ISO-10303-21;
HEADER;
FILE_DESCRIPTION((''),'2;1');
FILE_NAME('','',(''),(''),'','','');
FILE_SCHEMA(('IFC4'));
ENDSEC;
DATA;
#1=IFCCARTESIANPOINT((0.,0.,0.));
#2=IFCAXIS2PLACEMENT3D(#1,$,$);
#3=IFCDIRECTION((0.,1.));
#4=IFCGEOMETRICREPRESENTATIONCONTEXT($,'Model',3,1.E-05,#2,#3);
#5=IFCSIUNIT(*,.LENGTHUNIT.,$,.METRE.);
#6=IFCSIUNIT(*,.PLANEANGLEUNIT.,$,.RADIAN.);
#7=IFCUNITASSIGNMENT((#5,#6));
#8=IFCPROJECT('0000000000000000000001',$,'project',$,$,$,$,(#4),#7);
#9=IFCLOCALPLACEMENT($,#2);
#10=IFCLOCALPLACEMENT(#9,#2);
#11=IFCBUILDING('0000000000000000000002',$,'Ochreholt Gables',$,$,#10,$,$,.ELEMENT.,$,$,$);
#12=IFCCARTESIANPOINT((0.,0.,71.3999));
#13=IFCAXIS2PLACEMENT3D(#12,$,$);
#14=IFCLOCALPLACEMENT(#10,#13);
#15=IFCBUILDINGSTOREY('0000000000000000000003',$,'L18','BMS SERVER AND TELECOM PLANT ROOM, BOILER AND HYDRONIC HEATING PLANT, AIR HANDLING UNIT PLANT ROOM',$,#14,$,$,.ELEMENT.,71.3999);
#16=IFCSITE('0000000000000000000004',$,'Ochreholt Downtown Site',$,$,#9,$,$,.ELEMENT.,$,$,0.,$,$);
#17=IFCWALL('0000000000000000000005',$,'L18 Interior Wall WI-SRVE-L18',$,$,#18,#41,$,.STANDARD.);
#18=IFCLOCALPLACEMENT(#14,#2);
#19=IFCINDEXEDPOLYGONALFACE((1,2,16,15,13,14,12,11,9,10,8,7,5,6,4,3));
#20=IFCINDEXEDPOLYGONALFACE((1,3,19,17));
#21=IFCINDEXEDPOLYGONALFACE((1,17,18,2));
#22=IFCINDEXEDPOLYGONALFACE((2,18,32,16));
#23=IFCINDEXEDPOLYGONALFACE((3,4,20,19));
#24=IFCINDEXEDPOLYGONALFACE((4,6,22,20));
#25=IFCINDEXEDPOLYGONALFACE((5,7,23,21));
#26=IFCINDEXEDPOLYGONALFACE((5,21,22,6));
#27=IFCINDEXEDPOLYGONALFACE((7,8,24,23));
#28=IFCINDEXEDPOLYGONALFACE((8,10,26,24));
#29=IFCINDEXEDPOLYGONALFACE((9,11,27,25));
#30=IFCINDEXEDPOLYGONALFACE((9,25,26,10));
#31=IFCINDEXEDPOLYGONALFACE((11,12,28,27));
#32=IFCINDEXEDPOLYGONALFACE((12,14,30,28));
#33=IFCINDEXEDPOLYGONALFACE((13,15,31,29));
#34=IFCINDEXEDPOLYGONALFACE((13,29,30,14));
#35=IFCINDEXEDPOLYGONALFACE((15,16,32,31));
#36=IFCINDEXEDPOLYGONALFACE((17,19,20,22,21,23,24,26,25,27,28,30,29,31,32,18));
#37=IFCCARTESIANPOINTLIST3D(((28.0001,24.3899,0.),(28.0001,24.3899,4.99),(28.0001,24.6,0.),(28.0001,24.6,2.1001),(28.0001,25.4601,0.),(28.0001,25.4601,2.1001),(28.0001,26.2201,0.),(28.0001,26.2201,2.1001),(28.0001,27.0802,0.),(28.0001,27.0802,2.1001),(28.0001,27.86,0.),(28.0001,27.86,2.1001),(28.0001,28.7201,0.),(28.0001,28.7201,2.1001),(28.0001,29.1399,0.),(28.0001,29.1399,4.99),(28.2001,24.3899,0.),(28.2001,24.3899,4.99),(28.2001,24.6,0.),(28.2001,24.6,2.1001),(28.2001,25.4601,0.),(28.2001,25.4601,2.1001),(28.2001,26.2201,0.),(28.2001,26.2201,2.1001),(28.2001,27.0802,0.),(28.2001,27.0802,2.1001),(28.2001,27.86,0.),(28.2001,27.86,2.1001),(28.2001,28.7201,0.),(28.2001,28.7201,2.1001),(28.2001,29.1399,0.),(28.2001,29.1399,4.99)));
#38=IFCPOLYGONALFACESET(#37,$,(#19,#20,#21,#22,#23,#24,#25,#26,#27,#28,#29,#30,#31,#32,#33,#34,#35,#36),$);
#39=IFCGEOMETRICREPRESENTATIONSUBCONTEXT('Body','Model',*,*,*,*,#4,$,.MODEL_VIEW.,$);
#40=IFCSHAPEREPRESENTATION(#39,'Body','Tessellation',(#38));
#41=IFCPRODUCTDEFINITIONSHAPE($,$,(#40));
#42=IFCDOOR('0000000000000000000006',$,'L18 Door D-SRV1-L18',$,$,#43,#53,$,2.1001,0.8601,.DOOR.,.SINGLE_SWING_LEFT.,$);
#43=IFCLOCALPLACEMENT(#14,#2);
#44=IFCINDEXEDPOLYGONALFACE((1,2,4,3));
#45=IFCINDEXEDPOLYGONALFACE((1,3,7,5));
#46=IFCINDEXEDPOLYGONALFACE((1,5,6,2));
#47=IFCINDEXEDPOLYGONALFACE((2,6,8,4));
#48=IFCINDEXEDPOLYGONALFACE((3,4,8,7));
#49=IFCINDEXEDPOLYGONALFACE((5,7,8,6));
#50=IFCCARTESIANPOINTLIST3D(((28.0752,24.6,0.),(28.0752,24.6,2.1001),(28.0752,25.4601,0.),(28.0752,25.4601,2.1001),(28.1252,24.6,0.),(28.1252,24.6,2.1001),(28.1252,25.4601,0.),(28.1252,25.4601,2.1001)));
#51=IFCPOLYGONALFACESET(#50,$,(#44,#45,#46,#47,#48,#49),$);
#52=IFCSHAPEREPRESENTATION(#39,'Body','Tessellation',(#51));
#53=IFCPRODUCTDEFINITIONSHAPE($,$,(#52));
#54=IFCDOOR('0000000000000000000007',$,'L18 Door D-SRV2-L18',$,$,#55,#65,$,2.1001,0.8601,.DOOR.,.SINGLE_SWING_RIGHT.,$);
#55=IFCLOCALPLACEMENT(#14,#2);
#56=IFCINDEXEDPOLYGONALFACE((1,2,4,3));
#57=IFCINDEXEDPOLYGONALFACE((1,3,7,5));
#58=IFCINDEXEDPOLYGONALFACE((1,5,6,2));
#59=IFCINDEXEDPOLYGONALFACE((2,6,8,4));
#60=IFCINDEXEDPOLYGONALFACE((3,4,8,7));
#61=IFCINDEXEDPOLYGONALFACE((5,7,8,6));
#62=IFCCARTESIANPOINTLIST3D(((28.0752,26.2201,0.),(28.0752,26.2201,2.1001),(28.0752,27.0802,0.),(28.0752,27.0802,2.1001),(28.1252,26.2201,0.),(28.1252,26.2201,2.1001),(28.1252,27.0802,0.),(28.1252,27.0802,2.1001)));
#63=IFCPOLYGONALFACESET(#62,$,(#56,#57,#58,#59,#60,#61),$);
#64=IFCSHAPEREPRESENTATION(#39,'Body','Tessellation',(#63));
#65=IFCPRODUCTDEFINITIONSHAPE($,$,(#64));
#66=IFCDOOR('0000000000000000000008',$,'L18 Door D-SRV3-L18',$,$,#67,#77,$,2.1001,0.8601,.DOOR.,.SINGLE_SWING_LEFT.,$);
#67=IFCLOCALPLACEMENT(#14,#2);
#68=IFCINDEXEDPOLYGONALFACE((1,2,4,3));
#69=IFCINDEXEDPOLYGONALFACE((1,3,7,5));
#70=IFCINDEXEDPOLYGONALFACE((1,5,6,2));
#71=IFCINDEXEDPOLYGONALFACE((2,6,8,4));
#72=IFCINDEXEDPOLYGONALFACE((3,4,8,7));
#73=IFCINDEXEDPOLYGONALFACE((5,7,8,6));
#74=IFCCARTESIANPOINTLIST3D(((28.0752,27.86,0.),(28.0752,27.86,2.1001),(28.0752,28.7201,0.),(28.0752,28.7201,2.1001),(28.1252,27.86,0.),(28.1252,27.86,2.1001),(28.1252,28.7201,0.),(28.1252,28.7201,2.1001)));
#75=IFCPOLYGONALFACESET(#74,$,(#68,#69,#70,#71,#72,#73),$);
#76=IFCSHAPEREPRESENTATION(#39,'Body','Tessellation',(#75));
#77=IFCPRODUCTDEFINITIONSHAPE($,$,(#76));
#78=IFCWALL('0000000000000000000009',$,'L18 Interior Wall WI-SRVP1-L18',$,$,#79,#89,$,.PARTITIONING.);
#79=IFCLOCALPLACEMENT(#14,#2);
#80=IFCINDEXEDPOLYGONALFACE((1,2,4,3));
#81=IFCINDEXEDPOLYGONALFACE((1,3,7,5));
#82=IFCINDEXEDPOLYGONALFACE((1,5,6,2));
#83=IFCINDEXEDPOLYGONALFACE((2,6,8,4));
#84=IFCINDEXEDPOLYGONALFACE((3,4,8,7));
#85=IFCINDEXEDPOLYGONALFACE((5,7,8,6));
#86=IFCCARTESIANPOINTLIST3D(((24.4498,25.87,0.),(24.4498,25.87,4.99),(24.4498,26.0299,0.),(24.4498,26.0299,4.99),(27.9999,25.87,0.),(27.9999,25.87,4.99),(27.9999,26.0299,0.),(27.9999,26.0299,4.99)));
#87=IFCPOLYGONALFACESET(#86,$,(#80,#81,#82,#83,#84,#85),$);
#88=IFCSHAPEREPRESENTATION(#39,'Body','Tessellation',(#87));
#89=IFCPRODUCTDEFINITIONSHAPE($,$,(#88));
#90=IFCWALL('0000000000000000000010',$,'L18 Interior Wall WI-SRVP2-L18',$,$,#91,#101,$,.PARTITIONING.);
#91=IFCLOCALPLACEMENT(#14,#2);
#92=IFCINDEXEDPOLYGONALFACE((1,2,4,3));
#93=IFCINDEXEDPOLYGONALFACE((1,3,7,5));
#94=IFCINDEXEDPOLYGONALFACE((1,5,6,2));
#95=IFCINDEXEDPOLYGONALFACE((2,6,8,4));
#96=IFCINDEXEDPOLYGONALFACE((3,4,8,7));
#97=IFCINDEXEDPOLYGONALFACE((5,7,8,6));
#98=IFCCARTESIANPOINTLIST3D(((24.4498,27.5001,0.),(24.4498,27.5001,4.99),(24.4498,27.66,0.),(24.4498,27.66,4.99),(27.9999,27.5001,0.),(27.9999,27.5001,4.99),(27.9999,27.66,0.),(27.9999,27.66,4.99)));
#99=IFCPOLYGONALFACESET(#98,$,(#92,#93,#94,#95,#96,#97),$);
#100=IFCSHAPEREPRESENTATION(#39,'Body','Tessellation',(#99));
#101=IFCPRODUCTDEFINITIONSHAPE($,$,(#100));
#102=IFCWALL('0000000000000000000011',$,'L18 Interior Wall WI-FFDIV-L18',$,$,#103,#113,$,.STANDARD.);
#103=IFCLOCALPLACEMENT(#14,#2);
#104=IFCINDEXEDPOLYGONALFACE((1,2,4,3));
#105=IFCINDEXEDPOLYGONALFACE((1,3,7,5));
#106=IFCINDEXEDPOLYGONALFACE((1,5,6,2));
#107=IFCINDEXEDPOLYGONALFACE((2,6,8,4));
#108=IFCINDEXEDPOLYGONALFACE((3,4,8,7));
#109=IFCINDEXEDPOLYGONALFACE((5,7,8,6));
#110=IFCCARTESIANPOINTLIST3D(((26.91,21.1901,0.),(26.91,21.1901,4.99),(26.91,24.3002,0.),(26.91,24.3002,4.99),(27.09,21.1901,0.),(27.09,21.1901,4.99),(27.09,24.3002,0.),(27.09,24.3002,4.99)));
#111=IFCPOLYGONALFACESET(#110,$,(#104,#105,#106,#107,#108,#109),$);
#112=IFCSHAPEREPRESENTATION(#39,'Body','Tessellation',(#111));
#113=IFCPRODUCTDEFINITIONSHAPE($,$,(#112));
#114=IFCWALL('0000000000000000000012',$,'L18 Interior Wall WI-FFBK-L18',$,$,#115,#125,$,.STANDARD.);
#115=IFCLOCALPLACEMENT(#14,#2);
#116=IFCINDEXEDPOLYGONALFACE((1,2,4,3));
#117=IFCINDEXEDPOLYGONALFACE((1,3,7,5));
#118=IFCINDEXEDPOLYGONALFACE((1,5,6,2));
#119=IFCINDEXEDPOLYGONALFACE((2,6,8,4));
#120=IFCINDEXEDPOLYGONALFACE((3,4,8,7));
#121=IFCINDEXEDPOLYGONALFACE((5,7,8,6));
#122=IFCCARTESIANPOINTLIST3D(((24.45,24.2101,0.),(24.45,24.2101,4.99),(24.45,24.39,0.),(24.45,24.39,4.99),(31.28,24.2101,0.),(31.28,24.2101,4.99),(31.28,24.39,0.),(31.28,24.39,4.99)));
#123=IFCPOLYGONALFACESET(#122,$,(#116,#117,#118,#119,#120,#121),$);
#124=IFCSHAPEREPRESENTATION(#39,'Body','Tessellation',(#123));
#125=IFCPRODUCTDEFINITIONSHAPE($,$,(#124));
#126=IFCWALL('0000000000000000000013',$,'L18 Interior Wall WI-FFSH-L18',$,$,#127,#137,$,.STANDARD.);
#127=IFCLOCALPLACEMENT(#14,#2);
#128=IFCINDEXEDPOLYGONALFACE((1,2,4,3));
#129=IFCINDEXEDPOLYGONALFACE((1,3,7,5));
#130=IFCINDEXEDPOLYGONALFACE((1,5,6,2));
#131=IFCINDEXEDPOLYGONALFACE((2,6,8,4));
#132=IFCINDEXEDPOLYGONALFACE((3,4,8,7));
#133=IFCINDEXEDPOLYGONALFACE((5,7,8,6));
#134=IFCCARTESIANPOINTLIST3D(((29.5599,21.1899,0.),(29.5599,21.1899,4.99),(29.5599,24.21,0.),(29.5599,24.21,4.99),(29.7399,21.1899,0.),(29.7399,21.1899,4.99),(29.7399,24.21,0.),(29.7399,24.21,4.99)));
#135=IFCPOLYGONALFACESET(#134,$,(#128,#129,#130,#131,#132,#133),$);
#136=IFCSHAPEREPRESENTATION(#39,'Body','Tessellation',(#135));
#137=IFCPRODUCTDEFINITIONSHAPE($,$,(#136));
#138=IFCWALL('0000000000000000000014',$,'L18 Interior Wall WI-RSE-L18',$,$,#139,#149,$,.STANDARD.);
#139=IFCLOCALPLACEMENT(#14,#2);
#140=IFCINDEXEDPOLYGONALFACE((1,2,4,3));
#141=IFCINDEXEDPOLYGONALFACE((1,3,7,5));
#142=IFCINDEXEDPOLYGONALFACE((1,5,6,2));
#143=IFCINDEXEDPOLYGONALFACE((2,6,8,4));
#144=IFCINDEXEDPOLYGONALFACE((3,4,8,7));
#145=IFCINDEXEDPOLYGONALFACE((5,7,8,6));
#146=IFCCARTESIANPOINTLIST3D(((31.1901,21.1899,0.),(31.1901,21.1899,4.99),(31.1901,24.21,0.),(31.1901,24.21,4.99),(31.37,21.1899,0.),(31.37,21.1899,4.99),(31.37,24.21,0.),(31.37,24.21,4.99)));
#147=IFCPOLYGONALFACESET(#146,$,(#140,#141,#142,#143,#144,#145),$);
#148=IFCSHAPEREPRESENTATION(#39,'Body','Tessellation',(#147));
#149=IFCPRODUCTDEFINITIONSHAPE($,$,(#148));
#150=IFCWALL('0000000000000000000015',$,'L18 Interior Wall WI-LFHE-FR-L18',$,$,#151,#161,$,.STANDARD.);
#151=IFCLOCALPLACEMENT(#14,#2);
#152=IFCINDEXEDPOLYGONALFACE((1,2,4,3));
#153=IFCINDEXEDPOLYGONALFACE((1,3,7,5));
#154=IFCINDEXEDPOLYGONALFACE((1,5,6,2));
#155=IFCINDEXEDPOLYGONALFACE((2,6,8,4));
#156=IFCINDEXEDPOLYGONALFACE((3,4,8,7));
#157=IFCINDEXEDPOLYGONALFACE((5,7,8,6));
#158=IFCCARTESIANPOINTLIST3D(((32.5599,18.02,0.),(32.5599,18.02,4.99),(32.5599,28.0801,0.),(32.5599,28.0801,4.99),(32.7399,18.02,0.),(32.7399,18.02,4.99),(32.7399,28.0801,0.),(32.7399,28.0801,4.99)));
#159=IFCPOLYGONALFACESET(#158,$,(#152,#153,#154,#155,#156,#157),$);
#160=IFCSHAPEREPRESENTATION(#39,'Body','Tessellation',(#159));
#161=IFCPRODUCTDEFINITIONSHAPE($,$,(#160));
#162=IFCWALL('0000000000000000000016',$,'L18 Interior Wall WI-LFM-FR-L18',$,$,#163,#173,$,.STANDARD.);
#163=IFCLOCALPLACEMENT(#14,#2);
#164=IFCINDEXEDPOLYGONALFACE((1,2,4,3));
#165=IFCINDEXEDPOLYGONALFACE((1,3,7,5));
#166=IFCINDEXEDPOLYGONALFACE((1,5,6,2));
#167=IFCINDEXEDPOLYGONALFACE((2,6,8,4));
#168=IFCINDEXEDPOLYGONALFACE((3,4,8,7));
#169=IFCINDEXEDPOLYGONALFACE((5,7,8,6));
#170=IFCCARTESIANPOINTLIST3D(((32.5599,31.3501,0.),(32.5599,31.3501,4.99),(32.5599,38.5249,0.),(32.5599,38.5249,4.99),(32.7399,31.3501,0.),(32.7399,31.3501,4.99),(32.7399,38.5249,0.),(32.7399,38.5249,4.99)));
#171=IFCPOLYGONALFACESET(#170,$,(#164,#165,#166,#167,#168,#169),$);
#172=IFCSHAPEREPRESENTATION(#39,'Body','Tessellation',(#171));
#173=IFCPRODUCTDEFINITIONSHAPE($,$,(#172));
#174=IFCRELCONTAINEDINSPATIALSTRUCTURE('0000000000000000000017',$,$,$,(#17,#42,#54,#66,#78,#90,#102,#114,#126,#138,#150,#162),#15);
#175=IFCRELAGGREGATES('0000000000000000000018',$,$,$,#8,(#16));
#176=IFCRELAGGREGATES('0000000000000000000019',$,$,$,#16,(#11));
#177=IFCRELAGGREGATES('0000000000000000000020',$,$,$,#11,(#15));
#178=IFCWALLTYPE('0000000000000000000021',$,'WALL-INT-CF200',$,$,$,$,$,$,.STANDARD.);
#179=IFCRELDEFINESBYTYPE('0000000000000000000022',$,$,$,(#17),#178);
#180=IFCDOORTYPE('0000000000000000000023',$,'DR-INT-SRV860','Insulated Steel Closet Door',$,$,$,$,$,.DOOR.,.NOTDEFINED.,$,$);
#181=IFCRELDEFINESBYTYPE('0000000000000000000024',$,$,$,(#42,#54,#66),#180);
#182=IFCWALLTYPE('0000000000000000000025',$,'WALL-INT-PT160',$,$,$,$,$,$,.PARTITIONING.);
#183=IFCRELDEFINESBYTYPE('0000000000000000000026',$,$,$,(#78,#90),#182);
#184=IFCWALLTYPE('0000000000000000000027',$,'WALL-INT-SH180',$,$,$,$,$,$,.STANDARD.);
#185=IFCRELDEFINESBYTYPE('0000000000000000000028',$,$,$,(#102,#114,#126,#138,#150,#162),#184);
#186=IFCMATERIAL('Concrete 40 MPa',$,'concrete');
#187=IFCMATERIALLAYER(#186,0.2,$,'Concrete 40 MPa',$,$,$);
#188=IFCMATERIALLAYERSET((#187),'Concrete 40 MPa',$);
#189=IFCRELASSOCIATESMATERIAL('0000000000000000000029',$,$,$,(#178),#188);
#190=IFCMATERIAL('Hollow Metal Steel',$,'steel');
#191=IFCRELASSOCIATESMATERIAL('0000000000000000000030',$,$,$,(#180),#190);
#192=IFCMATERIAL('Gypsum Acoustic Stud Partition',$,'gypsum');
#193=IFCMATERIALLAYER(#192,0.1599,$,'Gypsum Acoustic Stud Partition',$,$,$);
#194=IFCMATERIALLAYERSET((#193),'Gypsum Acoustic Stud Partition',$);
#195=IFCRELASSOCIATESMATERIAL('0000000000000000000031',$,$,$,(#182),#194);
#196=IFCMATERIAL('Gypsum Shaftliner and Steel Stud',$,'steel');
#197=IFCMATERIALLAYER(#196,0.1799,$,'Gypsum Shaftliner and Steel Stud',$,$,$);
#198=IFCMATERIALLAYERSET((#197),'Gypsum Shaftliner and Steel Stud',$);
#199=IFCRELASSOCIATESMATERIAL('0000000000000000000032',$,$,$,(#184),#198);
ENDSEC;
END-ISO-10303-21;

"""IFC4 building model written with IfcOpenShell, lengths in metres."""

from ifc_helpers import new_model, si_unit, direction, frame, frame_2d, origin, place, context, subcontext, project, spatial, rectangle, extrude, material, layer, layer_set, type_object, element, fill, save


model = new_model("IFC4")

# Units and contexts
model_context = context("Model", 3, precision=1e-05, world=origin(), true_north=direction((0.0, 1.0)))
body_context = subcontext(model_context, "Body", "Model", "MODEL_VIEW")
ifc_project = project(units=[si_unit("LENGTHUNIT", "METRE"), si_unit("PLANEANGLEUNIT", "RADIAN")], contexts=[model_context])

# Site, building, storey
site_placement = place(None, origin())
site = spatial("IfcSite", under=ifc_project, at=site_placement, Name="Ochreholt Downtown Site", CompositionType="ELEMENT", RefElevation=0.0)
building_placement = place(site_placement, origin())
building = spatial("IfcBuilding", under=site, at=building_placement, Name="Ochreholt Gables", CompositionType="ELEMENT")
storey_placement = place(building_placement, frame((0.0, 0.0, 71.3999)))
storey = spatial("IfcBuildingStorey", under=building, at=storey_placement, Name="L18", Description="BMS SERVER AND TELECOM PLANT ROOM, BOILER AND HYDRONIC HEATING PLANT, AIR HANDLING UNIT PLANT ROOM", CompositionType="ELEMENT", Elevation=71.3999)

# Shared definitions
ifc_material_1 = material(Name="Concrete 40 MPa", Category="concrete")
ifc_layer_1 = layer(ifc_material_1, 0.2, Name="Concrete 40 MPa")
ifc_layer_set_1 = layer_set([ifc_layer_1], Name="Concrete 40 MPa")
wall_type_1 = type_object("IfcWallType", Name="WALL-INT-CF200", PredefinedType="STANDARD", material=ifc_layer_set_1)

# Wall, openings, doors
wall_1_placement = place(storey_placement, frame((28.1001, 24.3899, 0.0), z_axis=(0.0, 0.0, 1.0), x_axis=(0.0, 1.0, 0.0)))
wall_1 = element("IfcWall", 1, at=wall_1_placement, inside=storey, type_object=wall_type_1, Name="L18 Interior Wall WI-SRVE-L18", PredefinedType="STANDARD", context=body_context, shape_type="SweptSolid", body=[
    extrude(rectangle(XDim=4.75, YDim=0.2, at=frame_2d((2.375, 0.0))), origin(), (0.0, 0.0, 1.0), 4.99),
])
opening_1_placement = place(wall_1_placement, frame((0.21, 0.0, 0.0)))
opening_1 = element("IfcOpeningElement", 2, at=opening_1_placement, cuts=wall_1, PredefinedType="OPENING", context=body_context, shape_type="SweptSolid", body=[
    extrude(rectangle(XDim=0.8601, YDim=2.1001, at=frame_2d((0.4302, 1.05))), frame((0.0, 0.1099, 0.0), z_axis=(0.0, -1.0, 0.0), x_axis=(1.0, 0.0, 0.0)), (0.0, 0.0, 1.0), 0.22),
])
opening_2_placement = place(wall_1_placement, frame((1.8301, 0.0, 0.0)))
opening_2 = element("IfcOpeningElement", 3, at=opening_2_placement, cuts=wall_1, PredefinedType="OPENING", context=body_context, shape_type="SweptSolid", body=[
    extrude(rectangle(XDim=0.8601, YDim=2.1001, at=frame_2d((0.4302, 1.05))), frame((0.0, 0.1099, 0.0), z_axis=(0.0, -1.0, 0.0), x_axis=(1.0, 0.0, 0.0)), (0.0, 0.0, 1.0), 0.22),
])
opening_3_placement = place(wall_1_placement, frame((3.47, 0.0, 0.0)))
opening_3 = element("IfcOpeningElement", 4, at=opening_3_placement, cuts=wall_1, PredefinedType="OPENING", context=body_context, shape_type="SweptSolid", body=[
    extrude(rectangle(XDim=0.8601, YDim=2.1001, at=frame_2d((0.4302, 1.05))), frame((0.0, 0.1099, 0.0), z_axis=(0.0, -1.0, 0.0), x_axis=(1.0, 0.0, 0.0)), (0.0, 0.0, 1.0), 0.22),
])
ifc_material_2 = material(Name="Hollow Metal Steel", Category="steel")
door_type_1 = type_object("IfcDoorType", Name="DR-INT-SRV860", Description="Insulated Steel Closet Door", OperationType="NOTDEFINED", PredefinedType="DOOR", material=ifc_material_2)
door_1_placement = place(opening_1_placement, origin())
door_1 = element("IfcDoor", 5, at=door_1_placement, inside=storey, type_object=door_type_1, Name="L18 Door D-SRV1-L18", OperationType="SINGLE_SWING_LEFT", OverallHeight=2.1001, OverallWidth=0.8601, PredefinedType="DOOR", context=body_context, shape_type="SweptSolid", body=[
    extrude(rectangle(XDim=0.8601, YDim=2.1001, at=frame_2d((0.4302, 1.05))), frame((0.0, 0.0249, 0.0), z_axis=(0.0, -1.0, 0.0), x_axis=(1.0, 0.0, 0.0)), (0.0, 0.0, 1.0), 0.05),
])
fill(opening_1, door_1)
door_2_placement = place(opening_2_placement, origin())
door_2 = element("IfcDoor", 6, at=door_2_placement, inside=storey, type_object=door_type_1, Name="L18 Door D-SRV2-L18", OperationType="SINGLE_SWING_RIGHT", OverallHeight=2.1001, OverallWidth=0.8601, PredefinedType="DOOR", context=body_context, shape_type="SweptSolid", body=[
    extrude(rectangle(XDim=0.8601, YDim=2.1001, at=frame_2d((0.4302, 1.05))), frame((0.0, 0.0249, 0.0), z_axis=(0.0, -1.0, 0.0), x_axis=(1.0, 0.0, 0.0)), (0.0, 0.0, 1.0), 0.05),
])
fill(opening_2, door_2)
door_3_placement = place(opening_3_placement, origin())
door_3 = element("IfcDoor", 7, at=door_3_placement, inside=storey, type_object=door_type_1, Name="L18 Door D-SRV3-L18", OperationType="SINGLE_SWING_LEFT", OverallHeight=2.1001, OverallWidth=0.8601, PredefinedType="DOOR", context=body_context, shape_type="SweptSolid", body=[
    extrude(rectangle(XDim=0.8601, YDim=2.1001, at=frame_2d((0.4302, 1.05))), frame((0.0, 0.0249, 0.0), z_axis=(0.0, -1.0, 0.0), x_axis=(1.0, 0.0, 0.0)), (0.0, 0.0, 1.0), 0.05),
])
fill(opening_3, door_3)

# Walls
ifc_material_3 = material(Name="Gypsum Acoustic Stud Partition", Category="gypsum")
ifc_layer_2 = layer(ifc_material_3, 0.1599, Name="Gypsum Acoustic Stud Partition")
ifc_layer_set_2 = layer_set([ifc_layer_2], Name="Gypsum Acoustic Stud Partition")
wall_type_2 = type_object("IfcWallType", Name="WALL-INT-PT160", PredefinedType="PARTITIONING", material=ifc_layer_set_2)
for number, where, z_axis, x_axis, name in (
    (8, (24.45, 25.95, 0.0), (0.0, 0.0, 1.0), (1.0, 0.0, 0.0), "L18 Interior Wall WI-SRVP1-L18"),
    (9, (24.45, 27.5801, 0.0), (0.0, 0.0, 1.0), (1.0, 0.0, 0.0), "L18 Interior Wall WI-SRVP2-L18"),
):
    element("IfcWall", number, at=place(storey_placement, frame(where, z_axis=z_axis, x_axis=x_axis)), inside=storey, type_object=wall_type_2, Name=name, PredefinedType="PARTITIONING", context=body_context, shape_type="SweptSolid", body=[
        extrude(rectangle(XDim=3.55, YDim=0.1599, at=frame_2d((1.7749, 0.0))), origin(), (0.0, 0.0, 1.0), 4.99),
    ])
ifc_material_4 = material(Name="Gypsum Shaftliner and Steel Stud", Category="steel")
ifc_layer_3 = layer(ifc_material_4, 0.1799, Name="Gypsum Shaftliner and Steel Stud")
ifc_layer_set_3 = layer_set([ifc_layer_3], Name="Gypsum Shaftliner and Steel Stud")
wall_type_3 = type_object("IfcWallType", Name="WALL-INT-SH180", PredefinedType="STANDARD", material=ifc_layer_set_3)
wall_2_placement = place(storey_placement, frame((27.0, 21.1899, 0.0), z_axis=(0.0, 0.0, 1.0), x_axis=(0.0, 1.0, 0.0)))
element("IfcWall", 10, at=wall_2_placement, inside=storey, type_object=wall_type_3, Name="L18 Interior Wall WI-FFDIV-L18", PredefinedType="STANDARD", context=body_context, shape_type="SweptSolid", body=[
    extrude(rectangle(XDim=3.1101, YDim=0.1799, at=frame_2d((1.5552, 0.0))), origin(), (0.0, 0.0, 1.0), 4.99),
])
wall_3_placement = place(storey_placement, frame((24.45, 24.3, 0.0), z_axis=(0.0, 0.0, 1.0), x_axis=(1.0, 0.0, 0.0)))
element("IfcWall", 11, at=wall_3_placement, inside=storey, type_object=wall_type_3, Name="L18 Interior Wall WI-FFBK-L18", PredefinedType="STANDARD", context=body_context, shape_type="SweptSolid", body=[
    extrude(rectangle(XDim=6.8301, YDim=0.1799, at=frame_2d((3.415, 0.0))), origin(), (0.0, 0.0, 1.0), 4.99),
])
for number, where, z_axis, x_axis, name in (
    (12, (29.6499, 21.1899, 0.0), (0.0, 0.0, 1.0), (0.0, 1.0, 0.0), "L18 Interior Wall WI-FFSH-L18"),
    (13, (31.28, 21.1899, 0.0), (0.0, 0.0, 1.0), (0.0, 1.0, 0.0), "L18 Interior Wall WI-RSE-L18"),
):
    element("IfcWall", number, at=place(storey_placement, frame(where, z_axis=z_axis, x_axis=x_axis)), inside=storey, type_object=wall_type_3, Name=name, PredefinedType="STANDARD", context=body_context, shape_type="SweptSolid", body=[
        extrude(rectangle(XDim=3.02, YDim=0.1799, at=frame_2d((1.51, 0.0))), origin(), (0.0, 0.0, 1.0), 4.99),
    ])
wall_4_placement = place(storey_placement, frame((32.6499, 18.02, 0.0), z_axis=(0.0, 0.0, 1.0), x_axis=(0.0, 1.0, 0.0)))
element("IfcWall", 14, at=wall_4_placement, inside=storey, type_object=wall_type_3, Name="L18 Interior Wall WI-LFHE-FR-L18", PredefinedType="STANDARD", context=body_context, shape_type="SweptSolid", body=[
    extrude(rectangle(XDim=10.0601, YDim=0.1799, at=frame_2d((5.03, 0.0))), origin(), (0.0, 0.0, 1.0), 4.99),
])
wall_5_placement = place(storey_placement, frame((32.6499, 31.3501, 0.0), z_axis=(0.0, 0.0, 1.0), x_axis=(0.0, 1.0, 0.0)))
element("IfcWall", 15, at=wall_5_placement, inside=storey, type_object=wall_type_3, Name="L18 Interior Wall WI-LFM-FR-L18", PredefinedType="STANDARD", context=body_context, shape_type="SweptSolid", body=[
    extrude(rectangle(XDim=7.1748, YDim=0.1799, at=frame_2d((3.5874, 0.0))), origin(), (0.0, 0.0, 1.0), 4.99),
])

save(model, "model.ifc")
